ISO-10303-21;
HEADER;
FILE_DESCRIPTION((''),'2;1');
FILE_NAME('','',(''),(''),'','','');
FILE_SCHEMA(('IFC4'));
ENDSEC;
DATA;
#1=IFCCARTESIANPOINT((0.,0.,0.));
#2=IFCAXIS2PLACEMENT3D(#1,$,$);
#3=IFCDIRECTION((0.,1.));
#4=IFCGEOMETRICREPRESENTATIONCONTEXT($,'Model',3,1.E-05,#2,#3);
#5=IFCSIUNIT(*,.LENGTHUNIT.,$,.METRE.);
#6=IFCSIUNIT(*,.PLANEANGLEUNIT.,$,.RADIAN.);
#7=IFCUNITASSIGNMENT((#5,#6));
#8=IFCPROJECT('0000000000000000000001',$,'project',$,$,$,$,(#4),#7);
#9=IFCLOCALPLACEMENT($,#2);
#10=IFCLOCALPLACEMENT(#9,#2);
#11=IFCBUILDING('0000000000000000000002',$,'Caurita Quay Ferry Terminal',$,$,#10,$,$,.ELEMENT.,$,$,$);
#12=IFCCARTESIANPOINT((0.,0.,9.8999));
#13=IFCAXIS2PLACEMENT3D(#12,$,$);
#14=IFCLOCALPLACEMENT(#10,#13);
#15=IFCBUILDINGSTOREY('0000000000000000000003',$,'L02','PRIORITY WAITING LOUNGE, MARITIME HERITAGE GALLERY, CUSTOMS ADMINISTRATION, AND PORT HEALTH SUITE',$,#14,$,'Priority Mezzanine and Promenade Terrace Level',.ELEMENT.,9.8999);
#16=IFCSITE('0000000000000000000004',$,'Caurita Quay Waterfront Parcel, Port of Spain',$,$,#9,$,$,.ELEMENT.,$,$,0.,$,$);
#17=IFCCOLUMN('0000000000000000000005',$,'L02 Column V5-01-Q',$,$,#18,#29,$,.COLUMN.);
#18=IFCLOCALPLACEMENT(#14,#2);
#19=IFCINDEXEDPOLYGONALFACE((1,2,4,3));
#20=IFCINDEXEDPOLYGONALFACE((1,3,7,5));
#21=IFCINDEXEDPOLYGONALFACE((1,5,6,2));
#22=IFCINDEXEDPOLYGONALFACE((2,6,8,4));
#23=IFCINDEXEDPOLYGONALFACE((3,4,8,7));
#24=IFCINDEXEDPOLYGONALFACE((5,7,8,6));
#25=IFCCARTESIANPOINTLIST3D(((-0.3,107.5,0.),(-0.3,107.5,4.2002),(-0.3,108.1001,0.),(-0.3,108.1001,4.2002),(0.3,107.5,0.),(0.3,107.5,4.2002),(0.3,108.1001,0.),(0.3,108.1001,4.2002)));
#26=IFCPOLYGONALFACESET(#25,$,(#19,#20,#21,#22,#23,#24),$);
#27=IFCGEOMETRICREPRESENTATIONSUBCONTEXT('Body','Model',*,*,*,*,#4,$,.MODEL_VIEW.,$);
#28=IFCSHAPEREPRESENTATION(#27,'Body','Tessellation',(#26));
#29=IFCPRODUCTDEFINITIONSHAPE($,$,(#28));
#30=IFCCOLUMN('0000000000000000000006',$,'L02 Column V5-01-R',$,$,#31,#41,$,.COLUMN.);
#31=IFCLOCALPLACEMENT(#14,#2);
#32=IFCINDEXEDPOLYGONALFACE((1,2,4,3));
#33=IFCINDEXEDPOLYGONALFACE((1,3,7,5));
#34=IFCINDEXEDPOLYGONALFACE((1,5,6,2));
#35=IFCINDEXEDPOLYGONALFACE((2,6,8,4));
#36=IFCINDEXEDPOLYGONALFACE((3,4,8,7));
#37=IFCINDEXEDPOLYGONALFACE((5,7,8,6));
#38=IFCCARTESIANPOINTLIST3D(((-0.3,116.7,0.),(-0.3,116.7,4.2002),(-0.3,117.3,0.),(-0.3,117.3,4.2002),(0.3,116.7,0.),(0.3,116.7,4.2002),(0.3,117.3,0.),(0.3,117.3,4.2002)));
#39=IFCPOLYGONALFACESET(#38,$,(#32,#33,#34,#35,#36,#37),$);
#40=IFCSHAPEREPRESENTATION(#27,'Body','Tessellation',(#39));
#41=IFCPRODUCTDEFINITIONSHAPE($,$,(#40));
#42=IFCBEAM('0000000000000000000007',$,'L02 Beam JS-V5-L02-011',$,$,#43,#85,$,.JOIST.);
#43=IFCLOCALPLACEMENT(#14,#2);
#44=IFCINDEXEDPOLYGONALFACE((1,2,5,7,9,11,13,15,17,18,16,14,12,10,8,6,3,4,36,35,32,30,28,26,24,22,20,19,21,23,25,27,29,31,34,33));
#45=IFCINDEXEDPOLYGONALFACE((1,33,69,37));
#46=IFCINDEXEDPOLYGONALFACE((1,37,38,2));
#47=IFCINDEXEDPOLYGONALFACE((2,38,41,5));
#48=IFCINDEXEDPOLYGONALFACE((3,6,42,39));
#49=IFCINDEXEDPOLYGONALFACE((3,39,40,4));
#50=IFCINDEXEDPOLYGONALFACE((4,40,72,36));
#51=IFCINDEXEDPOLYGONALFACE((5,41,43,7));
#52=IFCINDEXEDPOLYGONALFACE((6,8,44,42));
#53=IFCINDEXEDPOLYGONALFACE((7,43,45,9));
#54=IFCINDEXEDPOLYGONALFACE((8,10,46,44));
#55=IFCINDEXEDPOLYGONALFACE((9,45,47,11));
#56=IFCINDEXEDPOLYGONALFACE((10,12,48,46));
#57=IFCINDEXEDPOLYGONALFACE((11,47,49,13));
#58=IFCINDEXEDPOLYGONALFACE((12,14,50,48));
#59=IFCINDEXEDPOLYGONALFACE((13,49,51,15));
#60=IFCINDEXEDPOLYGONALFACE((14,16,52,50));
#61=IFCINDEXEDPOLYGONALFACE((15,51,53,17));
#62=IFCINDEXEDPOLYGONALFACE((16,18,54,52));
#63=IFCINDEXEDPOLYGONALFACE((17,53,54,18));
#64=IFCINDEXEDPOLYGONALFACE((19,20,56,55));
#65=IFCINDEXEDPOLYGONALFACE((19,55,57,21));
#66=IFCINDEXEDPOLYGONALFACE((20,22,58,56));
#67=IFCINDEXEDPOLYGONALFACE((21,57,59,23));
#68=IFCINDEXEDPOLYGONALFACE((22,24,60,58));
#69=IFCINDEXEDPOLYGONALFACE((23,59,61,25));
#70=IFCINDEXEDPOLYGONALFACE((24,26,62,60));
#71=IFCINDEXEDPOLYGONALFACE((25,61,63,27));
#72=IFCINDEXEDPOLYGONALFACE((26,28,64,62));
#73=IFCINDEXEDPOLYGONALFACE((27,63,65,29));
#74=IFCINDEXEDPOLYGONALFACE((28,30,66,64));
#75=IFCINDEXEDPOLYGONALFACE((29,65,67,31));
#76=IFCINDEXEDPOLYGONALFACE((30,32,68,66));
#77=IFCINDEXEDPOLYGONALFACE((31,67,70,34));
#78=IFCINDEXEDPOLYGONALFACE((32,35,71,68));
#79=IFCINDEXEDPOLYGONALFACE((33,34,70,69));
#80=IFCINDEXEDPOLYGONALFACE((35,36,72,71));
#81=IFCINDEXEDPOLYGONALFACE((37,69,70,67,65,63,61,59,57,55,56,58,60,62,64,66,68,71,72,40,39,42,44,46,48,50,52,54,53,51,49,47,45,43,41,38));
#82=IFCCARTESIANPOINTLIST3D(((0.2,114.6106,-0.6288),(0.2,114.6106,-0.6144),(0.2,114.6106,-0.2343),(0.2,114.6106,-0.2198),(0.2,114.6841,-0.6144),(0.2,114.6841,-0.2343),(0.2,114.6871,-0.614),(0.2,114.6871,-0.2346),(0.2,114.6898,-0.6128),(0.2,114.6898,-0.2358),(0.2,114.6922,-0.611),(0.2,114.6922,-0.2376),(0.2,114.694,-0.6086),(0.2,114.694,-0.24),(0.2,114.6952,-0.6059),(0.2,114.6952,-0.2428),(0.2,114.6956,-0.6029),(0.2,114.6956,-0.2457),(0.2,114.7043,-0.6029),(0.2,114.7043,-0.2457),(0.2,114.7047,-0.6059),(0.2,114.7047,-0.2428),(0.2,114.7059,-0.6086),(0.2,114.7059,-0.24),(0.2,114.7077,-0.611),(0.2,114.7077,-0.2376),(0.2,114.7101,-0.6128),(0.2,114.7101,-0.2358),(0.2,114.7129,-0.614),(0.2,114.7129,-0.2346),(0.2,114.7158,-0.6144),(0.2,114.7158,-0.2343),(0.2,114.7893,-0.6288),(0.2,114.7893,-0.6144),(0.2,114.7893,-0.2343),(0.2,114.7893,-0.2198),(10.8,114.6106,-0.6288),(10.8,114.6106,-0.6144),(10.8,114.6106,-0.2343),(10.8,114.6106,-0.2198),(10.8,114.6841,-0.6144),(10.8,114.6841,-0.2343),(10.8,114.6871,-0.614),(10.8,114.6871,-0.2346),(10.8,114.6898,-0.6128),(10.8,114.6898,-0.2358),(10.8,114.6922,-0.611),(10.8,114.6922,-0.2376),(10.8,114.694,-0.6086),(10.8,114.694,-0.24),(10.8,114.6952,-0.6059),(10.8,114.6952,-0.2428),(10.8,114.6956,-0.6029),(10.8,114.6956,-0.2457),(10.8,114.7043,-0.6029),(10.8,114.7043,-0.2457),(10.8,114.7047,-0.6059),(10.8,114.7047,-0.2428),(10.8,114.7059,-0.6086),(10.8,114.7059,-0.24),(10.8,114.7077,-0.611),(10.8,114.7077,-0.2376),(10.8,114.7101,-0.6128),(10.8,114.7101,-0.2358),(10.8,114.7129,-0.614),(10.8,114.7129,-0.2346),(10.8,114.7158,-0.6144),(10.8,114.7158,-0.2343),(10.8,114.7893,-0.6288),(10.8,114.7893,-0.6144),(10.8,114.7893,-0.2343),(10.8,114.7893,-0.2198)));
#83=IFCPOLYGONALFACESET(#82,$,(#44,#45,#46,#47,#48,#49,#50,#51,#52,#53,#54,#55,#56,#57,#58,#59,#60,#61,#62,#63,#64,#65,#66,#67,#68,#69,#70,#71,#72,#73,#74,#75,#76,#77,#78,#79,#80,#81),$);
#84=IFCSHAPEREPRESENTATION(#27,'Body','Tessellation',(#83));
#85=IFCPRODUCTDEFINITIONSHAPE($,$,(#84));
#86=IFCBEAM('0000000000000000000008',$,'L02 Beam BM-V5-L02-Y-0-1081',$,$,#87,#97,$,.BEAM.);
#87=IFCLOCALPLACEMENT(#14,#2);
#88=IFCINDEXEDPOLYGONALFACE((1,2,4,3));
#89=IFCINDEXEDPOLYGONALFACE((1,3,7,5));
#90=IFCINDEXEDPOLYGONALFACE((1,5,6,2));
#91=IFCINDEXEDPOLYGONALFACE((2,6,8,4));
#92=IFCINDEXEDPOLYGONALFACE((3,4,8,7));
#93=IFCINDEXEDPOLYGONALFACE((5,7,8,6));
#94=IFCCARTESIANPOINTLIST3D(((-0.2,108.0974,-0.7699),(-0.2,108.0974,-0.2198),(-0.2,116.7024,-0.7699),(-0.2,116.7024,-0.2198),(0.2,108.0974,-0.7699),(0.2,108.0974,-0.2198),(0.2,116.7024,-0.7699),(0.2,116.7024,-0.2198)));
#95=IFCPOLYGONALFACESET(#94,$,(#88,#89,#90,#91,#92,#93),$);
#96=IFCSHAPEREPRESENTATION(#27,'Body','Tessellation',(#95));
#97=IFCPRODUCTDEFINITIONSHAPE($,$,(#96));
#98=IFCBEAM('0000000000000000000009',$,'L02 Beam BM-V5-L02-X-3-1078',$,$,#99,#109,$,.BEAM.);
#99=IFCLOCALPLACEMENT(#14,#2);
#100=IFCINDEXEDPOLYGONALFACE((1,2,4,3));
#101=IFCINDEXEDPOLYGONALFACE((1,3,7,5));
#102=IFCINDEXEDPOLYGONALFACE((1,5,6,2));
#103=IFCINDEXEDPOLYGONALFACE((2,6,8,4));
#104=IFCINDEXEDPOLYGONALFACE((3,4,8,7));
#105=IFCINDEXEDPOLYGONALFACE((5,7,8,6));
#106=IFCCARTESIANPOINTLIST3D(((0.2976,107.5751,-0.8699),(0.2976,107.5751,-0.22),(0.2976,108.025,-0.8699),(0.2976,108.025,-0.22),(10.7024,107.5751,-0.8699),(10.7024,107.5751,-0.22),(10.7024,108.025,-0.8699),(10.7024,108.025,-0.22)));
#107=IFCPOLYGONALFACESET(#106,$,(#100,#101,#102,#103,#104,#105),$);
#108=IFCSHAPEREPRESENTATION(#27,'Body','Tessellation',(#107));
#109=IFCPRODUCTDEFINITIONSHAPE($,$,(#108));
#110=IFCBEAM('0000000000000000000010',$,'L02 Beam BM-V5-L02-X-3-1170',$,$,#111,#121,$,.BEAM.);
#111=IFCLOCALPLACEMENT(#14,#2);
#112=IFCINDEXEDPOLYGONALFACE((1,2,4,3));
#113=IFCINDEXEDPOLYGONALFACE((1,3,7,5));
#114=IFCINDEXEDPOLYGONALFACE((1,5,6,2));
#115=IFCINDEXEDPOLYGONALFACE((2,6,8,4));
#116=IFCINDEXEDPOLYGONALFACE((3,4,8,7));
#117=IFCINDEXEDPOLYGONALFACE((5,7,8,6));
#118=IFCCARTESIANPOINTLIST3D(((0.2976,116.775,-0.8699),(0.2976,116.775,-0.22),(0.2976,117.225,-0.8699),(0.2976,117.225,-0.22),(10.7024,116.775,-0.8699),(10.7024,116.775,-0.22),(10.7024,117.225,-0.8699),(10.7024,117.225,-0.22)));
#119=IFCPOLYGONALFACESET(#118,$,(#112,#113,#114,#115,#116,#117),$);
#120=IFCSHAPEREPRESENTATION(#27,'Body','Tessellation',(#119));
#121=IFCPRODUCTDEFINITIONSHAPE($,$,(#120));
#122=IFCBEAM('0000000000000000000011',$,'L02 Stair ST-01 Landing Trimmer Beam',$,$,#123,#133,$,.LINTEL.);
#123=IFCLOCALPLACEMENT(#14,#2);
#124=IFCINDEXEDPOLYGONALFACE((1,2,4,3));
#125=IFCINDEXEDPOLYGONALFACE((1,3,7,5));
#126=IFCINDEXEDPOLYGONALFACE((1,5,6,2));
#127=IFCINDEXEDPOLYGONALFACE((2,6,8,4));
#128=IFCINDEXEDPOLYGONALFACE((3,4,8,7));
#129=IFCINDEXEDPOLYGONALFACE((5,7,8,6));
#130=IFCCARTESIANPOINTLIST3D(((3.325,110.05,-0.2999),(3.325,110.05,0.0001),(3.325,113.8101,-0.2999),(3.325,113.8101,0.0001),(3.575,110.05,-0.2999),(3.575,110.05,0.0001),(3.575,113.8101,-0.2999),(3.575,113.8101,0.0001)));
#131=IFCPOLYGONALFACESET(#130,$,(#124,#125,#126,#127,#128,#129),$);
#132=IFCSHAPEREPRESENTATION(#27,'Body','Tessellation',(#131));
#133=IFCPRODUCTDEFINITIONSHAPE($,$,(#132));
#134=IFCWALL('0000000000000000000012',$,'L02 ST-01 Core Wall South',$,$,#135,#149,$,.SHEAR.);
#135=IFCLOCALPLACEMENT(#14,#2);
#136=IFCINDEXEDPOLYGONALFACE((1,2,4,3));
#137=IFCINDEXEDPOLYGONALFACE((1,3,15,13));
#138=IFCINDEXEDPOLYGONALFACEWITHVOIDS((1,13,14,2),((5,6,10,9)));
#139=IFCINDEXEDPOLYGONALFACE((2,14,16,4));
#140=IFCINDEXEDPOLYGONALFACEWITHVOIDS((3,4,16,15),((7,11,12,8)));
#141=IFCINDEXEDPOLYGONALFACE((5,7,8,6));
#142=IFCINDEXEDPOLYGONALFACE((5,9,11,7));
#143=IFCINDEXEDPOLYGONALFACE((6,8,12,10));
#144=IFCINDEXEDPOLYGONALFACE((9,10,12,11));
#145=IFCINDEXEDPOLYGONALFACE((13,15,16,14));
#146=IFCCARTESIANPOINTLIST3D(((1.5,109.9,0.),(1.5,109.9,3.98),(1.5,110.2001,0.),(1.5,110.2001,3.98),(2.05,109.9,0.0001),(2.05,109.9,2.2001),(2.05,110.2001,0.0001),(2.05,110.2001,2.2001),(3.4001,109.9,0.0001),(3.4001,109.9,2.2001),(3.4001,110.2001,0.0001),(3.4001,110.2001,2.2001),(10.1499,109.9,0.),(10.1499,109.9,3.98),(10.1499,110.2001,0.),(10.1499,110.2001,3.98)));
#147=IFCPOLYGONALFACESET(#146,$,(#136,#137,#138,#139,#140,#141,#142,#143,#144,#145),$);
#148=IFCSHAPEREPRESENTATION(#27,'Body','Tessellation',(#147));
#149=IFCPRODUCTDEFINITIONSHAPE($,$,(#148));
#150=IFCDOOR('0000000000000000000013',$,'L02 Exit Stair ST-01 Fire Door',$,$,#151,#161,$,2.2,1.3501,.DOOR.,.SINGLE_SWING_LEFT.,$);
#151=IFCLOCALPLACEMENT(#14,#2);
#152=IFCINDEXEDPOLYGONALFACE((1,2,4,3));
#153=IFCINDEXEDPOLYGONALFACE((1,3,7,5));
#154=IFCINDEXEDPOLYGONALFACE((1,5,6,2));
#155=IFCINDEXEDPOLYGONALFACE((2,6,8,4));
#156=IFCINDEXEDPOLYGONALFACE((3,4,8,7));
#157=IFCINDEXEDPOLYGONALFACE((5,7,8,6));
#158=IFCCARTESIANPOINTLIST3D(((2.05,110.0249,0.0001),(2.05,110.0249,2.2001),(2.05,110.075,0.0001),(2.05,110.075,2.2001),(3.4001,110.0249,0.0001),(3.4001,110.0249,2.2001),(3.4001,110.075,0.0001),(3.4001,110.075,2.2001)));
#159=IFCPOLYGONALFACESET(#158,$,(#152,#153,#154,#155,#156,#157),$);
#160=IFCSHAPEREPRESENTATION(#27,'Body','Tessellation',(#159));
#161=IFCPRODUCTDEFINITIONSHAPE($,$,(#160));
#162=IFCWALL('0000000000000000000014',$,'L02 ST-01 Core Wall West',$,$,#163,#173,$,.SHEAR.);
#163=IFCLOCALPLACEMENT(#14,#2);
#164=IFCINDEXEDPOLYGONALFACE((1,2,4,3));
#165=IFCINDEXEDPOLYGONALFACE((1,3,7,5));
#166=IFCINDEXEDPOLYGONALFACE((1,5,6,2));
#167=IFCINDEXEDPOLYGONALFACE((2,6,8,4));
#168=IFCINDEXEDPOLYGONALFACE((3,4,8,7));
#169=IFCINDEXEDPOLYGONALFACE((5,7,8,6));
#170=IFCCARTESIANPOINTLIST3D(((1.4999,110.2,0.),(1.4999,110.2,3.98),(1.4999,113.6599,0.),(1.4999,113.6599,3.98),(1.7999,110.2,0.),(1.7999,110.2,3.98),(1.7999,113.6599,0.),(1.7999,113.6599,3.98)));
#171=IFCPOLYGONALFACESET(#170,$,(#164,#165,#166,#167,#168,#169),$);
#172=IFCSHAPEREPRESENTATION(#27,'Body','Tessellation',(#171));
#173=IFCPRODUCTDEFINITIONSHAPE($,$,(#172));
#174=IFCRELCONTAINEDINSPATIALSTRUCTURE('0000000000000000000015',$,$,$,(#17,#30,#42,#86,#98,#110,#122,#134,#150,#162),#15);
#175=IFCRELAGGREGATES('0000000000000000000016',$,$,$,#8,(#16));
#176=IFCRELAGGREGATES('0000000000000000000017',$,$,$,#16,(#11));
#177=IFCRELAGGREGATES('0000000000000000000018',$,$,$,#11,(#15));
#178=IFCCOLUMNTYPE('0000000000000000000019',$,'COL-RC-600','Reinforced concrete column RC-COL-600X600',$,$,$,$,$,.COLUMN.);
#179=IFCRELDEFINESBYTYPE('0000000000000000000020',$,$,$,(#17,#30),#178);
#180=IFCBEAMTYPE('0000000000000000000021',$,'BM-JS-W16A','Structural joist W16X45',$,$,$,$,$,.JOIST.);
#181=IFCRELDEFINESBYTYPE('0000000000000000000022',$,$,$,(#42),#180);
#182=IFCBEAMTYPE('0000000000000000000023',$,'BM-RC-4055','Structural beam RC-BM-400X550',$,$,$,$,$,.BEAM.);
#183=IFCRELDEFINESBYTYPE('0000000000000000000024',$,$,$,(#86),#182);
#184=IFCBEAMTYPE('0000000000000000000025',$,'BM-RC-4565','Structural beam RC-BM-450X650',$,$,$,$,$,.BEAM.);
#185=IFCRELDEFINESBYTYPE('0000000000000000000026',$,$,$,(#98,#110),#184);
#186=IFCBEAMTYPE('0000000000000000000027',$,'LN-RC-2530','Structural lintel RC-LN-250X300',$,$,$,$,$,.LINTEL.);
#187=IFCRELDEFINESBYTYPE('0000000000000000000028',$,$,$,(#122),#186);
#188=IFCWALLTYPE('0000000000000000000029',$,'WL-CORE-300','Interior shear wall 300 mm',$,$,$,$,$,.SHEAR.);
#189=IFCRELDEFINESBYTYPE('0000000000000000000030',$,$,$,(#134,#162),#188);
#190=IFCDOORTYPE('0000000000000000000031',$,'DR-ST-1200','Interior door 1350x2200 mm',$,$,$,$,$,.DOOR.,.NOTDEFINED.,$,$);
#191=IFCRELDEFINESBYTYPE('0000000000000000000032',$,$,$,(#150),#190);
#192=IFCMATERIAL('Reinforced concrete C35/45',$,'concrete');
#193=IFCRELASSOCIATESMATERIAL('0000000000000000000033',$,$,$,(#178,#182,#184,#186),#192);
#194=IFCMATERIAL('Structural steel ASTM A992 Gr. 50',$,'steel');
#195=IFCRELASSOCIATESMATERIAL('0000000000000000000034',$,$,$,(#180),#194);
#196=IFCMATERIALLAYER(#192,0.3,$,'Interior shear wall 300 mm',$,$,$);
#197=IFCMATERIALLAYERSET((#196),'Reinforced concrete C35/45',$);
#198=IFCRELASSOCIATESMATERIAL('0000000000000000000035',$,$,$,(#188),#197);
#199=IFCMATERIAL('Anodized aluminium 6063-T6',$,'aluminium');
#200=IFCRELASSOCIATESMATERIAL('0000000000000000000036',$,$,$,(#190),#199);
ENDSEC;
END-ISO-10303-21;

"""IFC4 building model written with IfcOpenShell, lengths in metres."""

from ifc_helpers import new_model, si_unit, direction, frame, frame_2d, origin, origin_2d, place, context, subcontext, project, spatial, rectangle, i_section, extrude, material, layer, layer_set, material_profile, profile_set, type_object, element, fill, save


model = new_model("IFC4")

# Units and contexts
model_context = context("Model", 3, precision=1e-05, world=origin(), true_north=direction((0.0, 1.0)))
body_context = subcontext(model_context, "Body", "Model", "MODEL_VIEW")
ifc_project = project(units=[si_unit("LENGTHUNIT", "METRE"), si_unit("PLANEANGLEUNIT", "RADIAN")], contexts=[model_context])

# Site, building, storey
site_placement = place(None, origin())
site = spatial("IfcSite", under=ifc_project, at=site_placement, Name="Caurita Quay Waterfront Parcel, Port of Spain", CompositionType="ELEMENT", RefElevation=0.0)
building_placement = place(site_placement, origin())
building = spatial("IfcBuilding", under=site, at=building_placement, Name="Caurita Quay Ferry Terminal", CompositionType="ELEMENT")
storey_placement = place(building_placement, frame((0.0, 0.0, 9.8999)))
storey = spatial("IfcBuildingStorey", under=building, at=storey_placement, Name="L02", Description="PRIORITY WAITING LOUNGE, MARITIME HERITAGE GALLERY, CUSTOMS ADMINISTRATION, AND PORT HEALTH SUITE", LongName="Priority Mezzanine and Promenade Terrace Level", CompositionType="ELEMENT", Elevation=9.8999)

# Columns
ifc_material_1 = material(Name="Reinforced concrete C35/45", Category="concrete")
ifc_material_profile_1 = material_profile(ifc_material_1, rectangle(XDim=0.6001, YDim=0.6001, at=origin_2d()), Name="RC-COL-600X600")
ifc_profile_set_1 = profile_set([ifc_material_profile_1], Name="Reinforced concrete C35/45")
column_type = type_object("IfcColumnType", Name="COL-RC-600", Description="Reinforced concrete column RC-COL-600X600", PredefinedType="COLUMN", material=ifc_profile_set_1)
for number, where, z_axis, x_axis, name in (
    (1, (0.0, 107.8, 0.0), (0.0, 0.0, 1.0), (1.0, 0.0, 0.0), "L02 Column V5-01-Q"),
    (2, (0.0, 117.0, 0.0), (0.0, 0.0, 1.0), (1.0, 0.0, 0.0), "L02 Column V5-01-R"),
):
    element("IfcColumn", number, at=place(storey_placement, frame(where, z_axis=z_axis, x_axis=x_axis)), inside=storey, type_object=column_type, Name=name, PredefinedType="COLUMN", context=body_context, shape_type="SweptSolid", body=[
        extrude(rectangle(XDim=0.6001, YDim=0.6001, at=origin_2d()), origin(), (0.0, 0.0, 1.0), 4.2002),
    ])

# Beams
ifc_material_2 = material(Name="Structural steel ASTM A992 Gr. 50", Category="steel")
ifc_material_profile_2 = material_profile(ifc_material_2, i_section(OverallWidth=0.1787, OverallDepth=0.4089, WebThickness=0.0088, FlangeThickness=0.0144, FilletRadius=0.0115, at=origin_2d()), Name="W16X45")
ifc_profile_set_2 = profile_set([ifc_material_profile_2], Name="Structural steel ASTM A992 Gr. 50")
beam_type_1 = type_object("IfcBeamType", Name="BM-JS-W16A", Description="Structural joist W16X45", PredefinedType="JOIST", material=ifc_profile_set_2)
beam_1_placement = place(storey_placement, frame((0.2, 114.7, -0.4243), z_axis=(1.0, 0.0, 0.0), x_axis=(0.0, 1.0, 0.0)))
element("IfcBeam", 3, at=beam_1_placement, inside=storey, type_object=beam_type_1, Name="L02 Beam JS-V5-L02-011", PredefinedType="JOIST", context=body_context, shape_type="SweptSolid", body=[
    extrude(i_section(OverallWidth=0.1787, OverallDepth=0.4089, WebThickness=0.0088, FlangeThickness=0.0144, FilletRadius=0.0115, at=origin_2d()), origin(), (0.0, 0.0, 1.0), 10.6001),
])
ifc_material_profile_3 = material_profile(ifc_material_1, rectangle(XDim=0.3999, YDim=0.55, at=origin_2d()), Name="RC-BM-400X550")
ifc_profile_set_3 = profile_set([ifc_material_profile_3], Name="Reinforced concrete C35/45")
beam_type_2 = type_object("IfcBeamType", Name="BM-RC-4055", Description="Structural beam RC-BM-400X550", PredefinedType="BEAM", material=ifc_profile_set_3)
beam_2_placement = place(storey_placement, frame((0.0, 108.0974, -0.4949), z_axis=(0.0, 1.0, 0.0), x_axis=(-1.0, 0.0, 0.0)))
element("IfcBeam", 4, at=beam_2_placement, inside=storey, type_object=beam_type_2, Name="L02 Beam BM-V5-L02-Y-0-1081", PredefinedType="BEAM", context=body_context, shape_type="SweptSolid", body=[
    extrude(rectangle(XDim=0.3999, YDim=0.55, at=origin_2d()), origin(), (0.0, 0.0, 1.0), 8.605),
])
ifc_material_profile_4 = material_profile(ifc_material_1, rectangle(XDim=0.45, YDim=0.6499, at=origin_2d()), Name="RC-BM-450X650")
ifc_profile_set_4 = profile_set([ifc_material_profile_4], Name="Reinforced concrete C35/45")
beam_type_3 = type_object("IfcBeamType", Name="BM-RC-4565", Description="Structural beam RC-BM-450X650", PredefinedType="BEAM", material=ifc_profile_set_4)
for number, where, z_axis, x_axis, name in (
    (5, (0.2976, 107.8, -0.5449), (1.0, 0.0, 0.0), (0.0, 1.0, 0.0), "L02 Beam BM-V5-L02-X-3-1078"),
    (6, (0.2976, 117.0, -0.5449), (1.0, 0.0, 0.0), (0.0, 1.0, 0.0), "L02 Beam BM-V5-L02-X-3-1170"),
):
    element("IfcBeam", number, at=place(storey_placement, frame(where, z_axis=z_axis, x_axis=x_axis)), inside=storey, type_object=beam_type_3, Name=name, PredefinedType="BEAM", context=body_context, shape_type="SweptSolid", body=[
        extrude(rectangle(XDim=0.45, YDim=0.6499, at=origin_2d()), origin(), (0.0, 0.0, 1.0), 10.4048),
    ])
ifc_material_profile_5 = material_profile(ifc_material_1, rectangle(XDim=0.25, YDim=0.3, at=origin_2d()), Name="RC-LN-250X300")
ifc_profile_set_5 = profile_set([ifc_material_profile_5], Name="Reinforced concrete C35/45")
beam_type_4 = type_object("IfcBeamType", Name="LN-RC-2530", Description="Structural lintel RC-LN-250X300", PredefinedType="LINTEL", material=ifc_profile_set_5)
beam_3_placement = place(storey_placement, frame((3.45, 110.05, -0.1499), z_axis=(0.0, 1.0, 0.0), x_axis=(-1.0, 0.0, 0.0)))
element("IfcBeam", 7, at=beam_3_placement, inside=storey, type_object=beam_type_4, Name="L02 Stair ST-01 Landing Trimmer Beam", PredefinedType="LINTEL", context=body_context, shape_type="SweptSolid", body=[
    extrude(rectangle(XDim=0.25, YDim=0.3, at=origin_2d()), origin(), (0.0, 0.0, 1.0), 3.76),
])

# Wall, opening, door
ifc_layer_1 = layer(ifc_material_1, 0.3, Name="Interior shear wall 300 mm")
ifc_layer_set_1 = layer_set([ifc_layer_1], Name="Reinforced concrete C35/45")
wall_type_1 = type_object("IfcWallType", Name="WL-CORE-300", Description="Interior shear wall 300 mm", PredefinedType="SHEAR", material=ifc_layer_set_1)
wall_1_placement = place(storey_placement, frame((1.5, 110.05, 0.0), z_axis=(0.0, 0.0, 1.0), x_axis=(1.0, 0.0, 0.0)))
wall_1 = element("IfcWall", 8, at=wall_1_placement, inside=storey, type_object=wall_type_1, Name="L02 ST-01 Core Wall South", PredefinedType="SHEAR", context=body_context, shape_type="SweptSolid", body=[
    extrude(rectangle(XDim=8.6499, YDim=0.3, at=frame_2d((4.325, 0.0))), origin(), (0.0, 0.0, 1.0), 3.98),
])
opening_1_placement = place(wall_1_placement, frame((0.55, 0.0, 0.0)))
opening_1 = element("IfcOpeningElement", 9, at=opening_1_placement, cuts=wall_1, PredefinedType="OPENING", context=body_context, shape_type="SweptSolid", body=[
    extrude(rectangle(XDim=1.3501, YDim=2.2, at=frame_2d((0.675, 1.1001))), frame((0.0, 0.1599, 0.0), z_axis=(0.0, -1.0, 0.0), x_axis=(1.0, 0.0, 0.0)), (0.0, 0.0, 1.0), 0.3201),
])
ifc_material_3 = material(Name="Anodized aluminium 6063-T6", Category="aluminium")
door_type_1 = type_object("IfcDoorType", Name="DR-ST-1200", Description="Interior door 1350x2200 mm", OperationType="NOTDEFINED", PredefinedType="DOOR", material=ifc_material_3)
door_1_placement = place(opening_1_placement, origin())
door_1 = element("IfcDoor", 10, at=door_1_placement, inside=storey, type_object=door_type_1, Name="L02 Exit Stair ST-01 Fire Door", OperationType="SINGLE_SWING_LEFT", OverallHeight=2.2, OverallWidth=1.3501, PredefinedType="DOOR", context=body_context, shape_type="SweptSolid", body=[
    extrude(rectangle(XDim=1.3501, YDim=2.2, at=frame_2d((0.675, 1.1001))), frame((0.0, 0.0249, 0.0), z_axis=(0.0, -1.0, 0.0), x_axis=(1.0, 0.0, 0.0)), (0.0, 0.0, 1.0), 0.05),
])
fill(opening_1, door_1)

# Wall
wall_2_placement = place(storey_placement, frame((1.6499, 113.6599, 0.0), z_axis=(0.0, 0.0, 1.0), x_axis=(0.0, -1.0, 0.0)))
element("IfcWall", 11, at=wall_2_placement, inside=storey, type_object=wall_type_1, Name="L02 ST-01 Core Wall West", PredefinedType="SHEAR", context=body_context, shape_type="SweptSolid", body=[
    extrude(rectangle(XDim=3.46, YDim=0.3, at=frame_2d((1.73, 0.0))), origin(), (0.0, 0.0, 1.0), 3.98),
])

save(model, "model.ifc")
